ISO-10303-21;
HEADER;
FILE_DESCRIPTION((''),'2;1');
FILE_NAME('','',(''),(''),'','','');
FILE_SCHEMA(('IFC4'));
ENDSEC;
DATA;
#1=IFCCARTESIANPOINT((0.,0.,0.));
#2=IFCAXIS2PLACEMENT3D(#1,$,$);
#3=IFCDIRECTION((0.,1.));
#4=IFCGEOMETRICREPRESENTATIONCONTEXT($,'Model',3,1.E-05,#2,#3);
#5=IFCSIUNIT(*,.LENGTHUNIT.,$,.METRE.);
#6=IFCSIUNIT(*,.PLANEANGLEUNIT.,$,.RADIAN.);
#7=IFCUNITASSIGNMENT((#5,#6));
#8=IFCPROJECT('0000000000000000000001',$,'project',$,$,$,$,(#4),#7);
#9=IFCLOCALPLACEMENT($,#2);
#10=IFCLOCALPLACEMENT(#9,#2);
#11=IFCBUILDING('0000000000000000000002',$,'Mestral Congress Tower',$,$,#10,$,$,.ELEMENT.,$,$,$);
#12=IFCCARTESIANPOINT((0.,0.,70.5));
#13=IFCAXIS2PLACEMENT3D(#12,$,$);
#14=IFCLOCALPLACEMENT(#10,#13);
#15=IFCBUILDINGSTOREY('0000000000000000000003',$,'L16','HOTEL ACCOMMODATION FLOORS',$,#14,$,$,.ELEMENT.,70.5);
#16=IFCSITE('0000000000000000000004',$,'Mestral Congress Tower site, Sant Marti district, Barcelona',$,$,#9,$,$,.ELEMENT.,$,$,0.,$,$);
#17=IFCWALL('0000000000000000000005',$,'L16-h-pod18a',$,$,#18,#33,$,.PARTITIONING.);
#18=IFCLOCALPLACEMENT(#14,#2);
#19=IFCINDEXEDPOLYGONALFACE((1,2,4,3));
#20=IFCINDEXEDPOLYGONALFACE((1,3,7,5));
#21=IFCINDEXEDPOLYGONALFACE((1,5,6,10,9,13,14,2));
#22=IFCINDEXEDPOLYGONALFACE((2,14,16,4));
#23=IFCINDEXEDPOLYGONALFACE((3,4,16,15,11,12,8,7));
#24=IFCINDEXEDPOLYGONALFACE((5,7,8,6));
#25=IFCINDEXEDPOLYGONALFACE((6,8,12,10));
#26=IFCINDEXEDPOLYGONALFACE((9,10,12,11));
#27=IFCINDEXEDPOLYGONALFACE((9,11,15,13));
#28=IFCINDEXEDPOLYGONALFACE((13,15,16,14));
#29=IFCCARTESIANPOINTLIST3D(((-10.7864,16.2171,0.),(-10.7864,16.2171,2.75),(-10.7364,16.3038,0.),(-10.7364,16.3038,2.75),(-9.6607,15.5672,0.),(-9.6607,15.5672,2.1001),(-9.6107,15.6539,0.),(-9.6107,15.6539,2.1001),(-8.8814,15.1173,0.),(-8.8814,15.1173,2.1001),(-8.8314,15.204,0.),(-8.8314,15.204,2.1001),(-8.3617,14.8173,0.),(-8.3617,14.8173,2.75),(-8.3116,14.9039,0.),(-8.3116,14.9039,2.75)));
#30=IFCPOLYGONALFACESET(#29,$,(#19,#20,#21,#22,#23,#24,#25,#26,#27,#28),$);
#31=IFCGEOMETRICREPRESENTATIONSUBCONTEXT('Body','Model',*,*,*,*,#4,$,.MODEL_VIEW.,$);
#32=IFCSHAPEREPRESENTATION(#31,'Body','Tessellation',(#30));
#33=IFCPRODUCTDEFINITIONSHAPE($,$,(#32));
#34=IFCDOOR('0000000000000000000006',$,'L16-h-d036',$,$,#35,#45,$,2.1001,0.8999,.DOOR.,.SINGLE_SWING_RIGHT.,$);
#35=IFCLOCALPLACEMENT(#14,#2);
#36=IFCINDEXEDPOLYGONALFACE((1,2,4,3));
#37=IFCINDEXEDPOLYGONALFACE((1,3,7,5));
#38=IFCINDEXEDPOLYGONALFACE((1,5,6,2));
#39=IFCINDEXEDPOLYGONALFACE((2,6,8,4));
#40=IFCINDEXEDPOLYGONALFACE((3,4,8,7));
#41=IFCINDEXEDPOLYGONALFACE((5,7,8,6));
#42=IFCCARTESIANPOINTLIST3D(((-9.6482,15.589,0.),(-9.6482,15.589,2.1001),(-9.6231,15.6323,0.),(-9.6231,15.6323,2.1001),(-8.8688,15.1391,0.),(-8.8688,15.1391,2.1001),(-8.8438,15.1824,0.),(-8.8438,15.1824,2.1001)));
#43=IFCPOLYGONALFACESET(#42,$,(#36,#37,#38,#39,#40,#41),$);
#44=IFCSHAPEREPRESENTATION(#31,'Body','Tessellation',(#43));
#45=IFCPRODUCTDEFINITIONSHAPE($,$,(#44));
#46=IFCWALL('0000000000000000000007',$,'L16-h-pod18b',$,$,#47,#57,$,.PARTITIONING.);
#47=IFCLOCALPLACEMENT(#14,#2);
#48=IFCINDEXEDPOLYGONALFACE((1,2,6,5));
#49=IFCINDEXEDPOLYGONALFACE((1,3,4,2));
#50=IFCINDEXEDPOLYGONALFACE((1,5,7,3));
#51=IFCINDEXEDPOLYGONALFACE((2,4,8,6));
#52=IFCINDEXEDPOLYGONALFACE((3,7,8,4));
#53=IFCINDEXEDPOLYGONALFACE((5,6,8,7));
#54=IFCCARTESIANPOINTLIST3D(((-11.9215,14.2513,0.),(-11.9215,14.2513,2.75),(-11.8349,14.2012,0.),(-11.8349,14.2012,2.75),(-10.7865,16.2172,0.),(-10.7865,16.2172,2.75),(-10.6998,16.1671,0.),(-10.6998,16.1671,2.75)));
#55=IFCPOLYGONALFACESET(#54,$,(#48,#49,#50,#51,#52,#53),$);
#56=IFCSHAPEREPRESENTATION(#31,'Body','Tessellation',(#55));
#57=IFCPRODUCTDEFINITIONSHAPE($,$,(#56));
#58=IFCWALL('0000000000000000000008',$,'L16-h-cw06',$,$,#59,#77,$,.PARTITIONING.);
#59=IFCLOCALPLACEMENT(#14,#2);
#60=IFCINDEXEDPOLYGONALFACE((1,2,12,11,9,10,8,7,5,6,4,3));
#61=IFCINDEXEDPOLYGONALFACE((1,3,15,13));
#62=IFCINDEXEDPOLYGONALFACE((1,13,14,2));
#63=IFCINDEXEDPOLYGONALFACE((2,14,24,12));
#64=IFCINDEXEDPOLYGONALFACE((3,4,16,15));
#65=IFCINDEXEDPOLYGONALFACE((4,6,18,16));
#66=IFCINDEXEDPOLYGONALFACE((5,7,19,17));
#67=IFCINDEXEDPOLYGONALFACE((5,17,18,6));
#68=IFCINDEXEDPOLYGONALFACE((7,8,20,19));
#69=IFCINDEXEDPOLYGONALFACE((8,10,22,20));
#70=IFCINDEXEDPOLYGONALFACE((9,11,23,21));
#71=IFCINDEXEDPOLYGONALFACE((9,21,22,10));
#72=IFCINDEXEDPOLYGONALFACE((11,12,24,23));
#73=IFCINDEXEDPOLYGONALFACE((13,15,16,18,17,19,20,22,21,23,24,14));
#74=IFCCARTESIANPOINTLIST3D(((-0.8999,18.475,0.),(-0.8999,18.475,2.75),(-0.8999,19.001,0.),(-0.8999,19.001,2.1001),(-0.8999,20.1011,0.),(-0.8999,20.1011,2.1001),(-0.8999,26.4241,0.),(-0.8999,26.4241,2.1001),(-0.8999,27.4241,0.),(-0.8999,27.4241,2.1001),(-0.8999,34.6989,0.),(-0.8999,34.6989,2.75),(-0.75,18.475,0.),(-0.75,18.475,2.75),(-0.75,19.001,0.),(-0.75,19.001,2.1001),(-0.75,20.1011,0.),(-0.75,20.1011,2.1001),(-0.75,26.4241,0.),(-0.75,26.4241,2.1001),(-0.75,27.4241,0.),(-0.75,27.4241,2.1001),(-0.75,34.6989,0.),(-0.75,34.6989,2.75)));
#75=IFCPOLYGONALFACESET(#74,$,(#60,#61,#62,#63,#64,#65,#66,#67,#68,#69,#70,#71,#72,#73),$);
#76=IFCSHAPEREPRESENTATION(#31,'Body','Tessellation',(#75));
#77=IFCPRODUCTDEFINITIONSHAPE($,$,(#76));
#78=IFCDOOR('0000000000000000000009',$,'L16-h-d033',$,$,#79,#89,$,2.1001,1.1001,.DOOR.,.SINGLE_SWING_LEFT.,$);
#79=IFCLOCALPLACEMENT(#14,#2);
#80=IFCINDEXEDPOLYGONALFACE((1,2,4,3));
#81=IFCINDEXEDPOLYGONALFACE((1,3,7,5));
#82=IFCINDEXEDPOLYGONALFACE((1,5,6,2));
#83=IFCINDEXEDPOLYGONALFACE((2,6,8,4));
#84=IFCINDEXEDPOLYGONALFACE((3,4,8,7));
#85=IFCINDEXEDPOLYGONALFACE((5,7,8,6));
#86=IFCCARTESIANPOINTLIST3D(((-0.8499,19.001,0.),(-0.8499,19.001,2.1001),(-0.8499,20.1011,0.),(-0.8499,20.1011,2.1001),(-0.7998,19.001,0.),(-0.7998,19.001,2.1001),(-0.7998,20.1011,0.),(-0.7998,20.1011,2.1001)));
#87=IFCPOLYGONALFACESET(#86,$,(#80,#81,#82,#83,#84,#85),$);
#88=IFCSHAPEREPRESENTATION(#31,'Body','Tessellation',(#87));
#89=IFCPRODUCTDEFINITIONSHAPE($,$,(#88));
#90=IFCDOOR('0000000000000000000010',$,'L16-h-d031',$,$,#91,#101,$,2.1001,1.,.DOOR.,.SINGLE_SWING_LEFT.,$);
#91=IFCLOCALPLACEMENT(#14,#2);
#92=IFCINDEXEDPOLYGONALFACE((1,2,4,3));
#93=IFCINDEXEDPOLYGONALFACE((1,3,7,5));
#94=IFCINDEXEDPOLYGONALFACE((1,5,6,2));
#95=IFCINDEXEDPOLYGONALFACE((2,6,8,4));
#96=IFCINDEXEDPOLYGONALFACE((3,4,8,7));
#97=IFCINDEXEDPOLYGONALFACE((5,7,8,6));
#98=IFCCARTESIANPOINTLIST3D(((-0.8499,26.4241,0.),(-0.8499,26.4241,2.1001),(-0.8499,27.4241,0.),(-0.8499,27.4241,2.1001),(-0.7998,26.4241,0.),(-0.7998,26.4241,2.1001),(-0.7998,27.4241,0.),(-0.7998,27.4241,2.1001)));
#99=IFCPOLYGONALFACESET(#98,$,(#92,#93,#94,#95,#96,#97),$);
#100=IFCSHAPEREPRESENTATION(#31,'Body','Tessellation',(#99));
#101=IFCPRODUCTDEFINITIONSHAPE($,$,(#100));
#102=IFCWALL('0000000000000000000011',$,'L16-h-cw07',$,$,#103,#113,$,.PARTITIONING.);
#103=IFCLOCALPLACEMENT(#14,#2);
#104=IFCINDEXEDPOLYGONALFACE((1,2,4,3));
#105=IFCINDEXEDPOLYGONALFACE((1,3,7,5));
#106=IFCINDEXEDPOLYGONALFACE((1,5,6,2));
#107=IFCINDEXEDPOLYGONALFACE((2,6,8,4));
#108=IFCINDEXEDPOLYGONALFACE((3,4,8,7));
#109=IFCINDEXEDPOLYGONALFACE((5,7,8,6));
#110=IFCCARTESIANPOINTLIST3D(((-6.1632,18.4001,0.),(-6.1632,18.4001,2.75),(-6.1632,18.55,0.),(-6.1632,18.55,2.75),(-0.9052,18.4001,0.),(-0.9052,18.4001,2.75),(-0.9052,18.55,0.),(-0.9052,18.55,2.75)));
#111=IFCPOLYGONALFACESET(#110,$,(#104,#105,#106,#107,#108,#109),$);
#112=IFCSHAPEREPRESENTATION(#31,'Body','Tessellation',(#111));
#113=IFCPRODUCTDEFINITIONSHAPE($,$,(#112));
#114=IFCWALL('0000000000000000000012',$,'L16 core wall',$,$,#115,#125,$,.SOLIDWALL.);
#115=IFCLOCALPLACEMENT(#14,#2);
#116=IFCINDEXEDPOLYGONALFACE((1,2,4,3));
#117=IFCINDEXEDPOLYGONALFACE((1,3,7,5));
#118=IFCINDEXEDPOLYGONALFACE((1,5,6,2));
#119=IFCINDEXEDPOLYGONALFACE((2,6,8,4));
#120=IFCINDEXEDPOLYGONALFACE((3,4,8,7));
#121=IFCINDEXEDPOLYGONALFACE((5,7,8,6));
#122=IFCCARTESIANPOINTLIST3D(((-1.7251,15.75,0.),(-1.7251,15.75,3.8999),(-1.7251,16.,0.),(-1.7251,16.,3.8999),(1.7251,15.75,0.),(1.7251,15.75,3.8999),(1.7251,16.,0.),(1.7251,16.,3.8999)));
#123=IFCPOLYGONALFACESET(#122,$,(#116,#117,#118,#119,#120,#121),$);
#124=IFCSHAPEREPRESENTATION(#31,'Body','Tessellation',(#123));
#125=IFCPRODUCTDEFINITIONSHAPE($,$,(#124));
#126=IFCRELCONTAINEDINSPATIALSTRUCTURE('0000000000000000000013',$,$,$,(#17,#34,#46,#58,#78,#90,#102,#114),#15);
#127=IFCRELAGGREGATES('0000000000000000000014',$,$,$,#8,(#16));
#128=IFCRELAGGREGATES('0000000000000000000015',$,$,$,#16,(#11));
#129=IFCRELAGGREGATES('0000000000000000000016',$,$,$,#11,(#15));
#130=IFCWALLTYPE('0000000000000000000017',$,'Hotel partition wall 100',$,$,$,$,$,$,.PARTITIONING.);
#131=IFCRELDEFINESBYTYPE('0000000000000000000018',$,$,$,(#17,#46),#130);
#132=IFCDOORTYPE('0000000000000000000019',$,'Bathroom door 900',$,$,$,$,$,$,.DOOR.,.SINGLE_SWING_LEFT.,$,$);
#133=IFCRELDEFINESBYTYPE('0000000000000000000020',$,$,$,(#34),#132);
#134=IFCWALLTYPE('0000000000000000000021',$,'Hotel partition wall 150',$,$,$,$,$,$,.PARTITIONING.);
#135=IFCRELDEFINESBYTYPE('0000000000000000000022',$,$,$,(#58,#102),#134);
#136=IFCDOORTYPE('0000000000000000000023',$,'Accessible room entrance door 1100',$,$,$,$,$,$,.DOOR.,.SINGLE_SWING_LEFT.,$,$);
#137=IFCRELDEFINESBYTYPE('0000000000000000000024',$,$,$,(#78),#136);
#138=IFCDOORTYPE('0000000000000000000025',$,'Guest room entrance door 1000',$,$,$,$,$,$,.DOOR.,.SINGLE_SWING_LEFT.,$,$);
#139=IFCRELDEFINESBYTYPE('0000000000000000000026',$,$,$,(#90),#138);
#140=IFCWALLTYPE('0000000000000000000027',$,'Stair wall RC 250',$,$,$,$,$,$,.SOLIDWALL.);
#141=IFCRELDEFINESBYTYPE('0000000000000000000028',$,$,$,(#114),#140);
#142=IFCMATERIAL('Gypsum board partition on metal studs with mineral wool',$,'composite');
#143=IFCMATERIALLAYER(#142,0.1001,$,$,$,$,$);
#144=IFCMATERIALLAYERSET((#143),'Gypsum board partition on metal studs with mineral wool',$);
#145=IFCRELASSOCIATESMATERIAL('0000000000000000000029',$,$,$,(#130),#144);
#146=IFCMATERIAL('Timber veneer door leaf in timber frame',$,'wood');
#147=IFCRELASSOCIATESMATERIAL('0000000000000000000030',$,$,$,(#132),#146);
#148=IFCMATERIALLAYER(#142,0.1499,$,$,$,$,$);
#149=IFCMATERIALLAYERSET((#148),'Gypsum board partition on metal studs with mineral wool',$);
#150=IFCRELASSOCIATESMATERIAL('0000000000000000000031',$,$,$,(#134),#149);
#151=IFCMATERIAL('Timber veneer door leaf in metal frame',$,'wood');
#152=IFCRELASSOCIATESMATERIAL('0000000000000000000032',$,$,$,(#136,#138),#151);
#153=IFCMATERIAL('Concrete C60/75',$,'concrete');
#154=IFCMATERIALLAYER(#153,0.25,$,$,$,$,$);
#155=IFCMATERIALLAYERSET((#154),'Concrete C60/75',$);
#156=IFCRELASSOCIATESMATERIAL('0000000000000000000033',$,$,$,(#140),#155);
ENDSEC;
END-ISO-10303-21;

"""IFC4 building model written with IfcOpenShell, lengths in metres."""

from ifc_helpers import new_model, si_unit, direction, frame, frame_2d, origin, place, context, subcontext, project, spatial, rectangle, extrude, material, layer, layer_set, type_object, element, fill, save


model = new_model("IFC4")

# Units and contexts
model_context = context("Model", 3, precision=1e-05, world=origin(), true_north=direction((0.0, 1.0)))
body_context = subcontext(model_context, "Body", "Model", "MODEL_VIEW")
ifc_project = project(units=[si_unit("LENGTHUNIT", "METRE"), si_unit("PLANEANGLEUNIT", "RADIAN")], contexts=[model_context])

# Site, building, storey
site_placement = place(None, origin())
site = spatial("IfcSite", under=ifc_project, at=site_placement, Name="Mestral Congress Tower site, Sant Marti district, Barcelona", CompositionType="ELEMENT", RefElevation=0.0)
building_placement = place(site_placement, origin())
building = spatial("IfcBuilding", under=site, at=building_placement, Name="Mestral Congress Tower", CompositionType="ELEMENT")
storey_placement = place(building_placement, frame((0.0, 0.0, 70.5)))
storey = spatial("IfcBuildingStorey", under=building, at=storey_placement, Name="L16", Description="HOTEL ACCOMMODATION FLOORS", CompositionType="ELEMENT", Elevation=70.5)

# Shared definitions
ifc_material_1 = material(Name="Concrete C60/75", Category="concrete")

# Shared definitions
ifc_material_2 = material(Name="Gypsum board partition on metal studs with mineral wool", Category="composite")
ifc_layer_1 = layer(ifc_material_2, 0.1001)
ifc_layer_set_1 = layer_set([ifc_layer_1], Name="Gypsum board partition on metal studs with mineral wool")
wall_type_1 = type_object("IfcWallType", Name="Hotel partition wall 100", PredefinedType="PARTITIONING", material=ifc_layer_set_1)
ifc_material_3 = material(Name="Timber veneer door leaf in timber frame", Category="wood")

# Wall, opening, door
wall_1_placement = place(storey_placement, frame((-8.3367, 14.8606, 0.0), z_axis=(0.0, 0.0, 1.0), x_axis=(-0.866035, 0.499984, 0.0)))
wall_1 = element("IfcWall", 1, at=wall_1_placement, inside=storey, type_object=wall_type_1, Name="L16-h-pod18a", PredefinedType="PARTITIONING", context=body_context, shape_type="SweptSolid", body=[
    extrude(rectangle(XDim=2.7998, YDim=0.1001, at=frame_2d((1.3999, 0.0))), origin(), (0.0, 0.0, 1.0), 2.75),
])
opening_1_placement = place(wall_1_placement, frame((0.6001, 0.0, 0.0)))
opening_1 = element("IfcOpeningElement", 2, at=opening_1_placement, cuts=wall_1, PredefinedType="OPENING", context=body_context, shape_type="SweptSolid", body=[
    extrude(rectangle(XDim=0.8999, YDim=2.1001, at=frame_2d((0.45, 1.05))), frame((0.0, 0.0601, 0.0), z_axis=(0.0, -1.0, 0.0), x_axis=(1.0, 0.0, 0.0)), (0.0, 0.0, 1.0), 0.1201),
])
door_type_1 = type_object("IfcDoorType", Name="Bathroom door 900", OperationType="SINGLE_SWING_LEFT", PredefinedType="DOOR", material=ifc_material_3)
door_1_placement = place(opening_1_placement, origin())
door_1 = element("IfcDoor", 3, at=door_1_placement, inside=storey, type_object=door_type_1, Name="L16-h-d036", OperationType="SINGLE_SWING_RIGHT", OverallHeight=2.1001, OverallWidth=0.8999, PredefinedType="DOOR", context=body_context, shape_type="SweptSolid", body=[
    extrude(rectangle(XDim=0.8999, YDim=2.1001, at=frame_2d((0.45, 1.05))), frame((0.0, 0.0249, 0.0), z_axis=(0.0, -1.0, 0.0), x_axis=(1.0, 0.0, 0.0)), (0.0, 0.0, 1.0), 0.05),
])
fill(opening_1, door_1)

# Wall
wall_2_placement = place(storey_placement, frame((-10.7432, 16.1921, 0.0), z_axis=(0.0, 0.0, 1.0), x_axis=(-0.500014, -0.866017, 0.0)))
element("IfcWall", 4, at=wall_2_placement, inside=storey, type_object=wall_type_1, Name="L16-h-pod18b", PredefinedType="PARTITIONING", context=body_context, shape_type="SweptSolid", body=[
    extrude(rectangle(XDim=2.27, YDim=0.1001, at=frame_2d((1.135, 0.0))), origin(), (0.0, 0.0, 1.0), 2.75),
])

# Wall, openings, doors
ifc_layer_2 = layer(ifc_material_2, 0.1499)
ifc_layer_set_2 = layer_set([ifc_layer_2], Name="Gypsum board partition on metal studs with mineral wool")
wall_type_2 = type_object("IfcWallType", Name="Hotel partition wall 150", PredefinedType="PARTITIONING", material=ifc_layer_set_2)
wall_3_placement = place(storey_placement, frame((-0.825, 18.4751, 0.0), z_axis=(0.0, 0.0, 1.0), x_axis=(0.0, 1.0, 0.0)))
wall_3 = element("IfcWall", 5, at=wall_3_placement, inside=storey, type_object=wall_type_2, Name="L16-h-cw06", PredefinedType="PARTITIONING", context=body_context, shape_type="SweptSolid", body=[
    extrude(rectangle(XDim=16.2239, YDim=0.1499, at=frame_2d((8.1118, 0.0))), origin(), (0.0, 0.0, 1.0), 2.75),
])
opening_2_placement = place(wall_3_placement, frame((7.949, 0.0, 0.0)))
opening_2 = element("IfcOpeningElement", 6, at=opening_2_placement, cuts=wall_3, PredefinedType="OPENING", context=body_context, shape_type="SweptSolid", body=[
    extrude(rectangle(XDim=1.0, YDim=2.1001, at=frame_2d((0.5, 1.05))), frame((0.0, 0.085, 0.0), z_axis=(0.0, -1.0, 0.0), x_axis=(1.0, 0.0, 0.0)), (0.0, 0.0, 1.0), 0.1699),
])
opening_3_placement = place(wall_3_placement, frame((0.5259, 0.0, 0.0)))
opening_3 = element("IfcOpeningElement", 7, at=opening_3_placement, cuts=wall_3, PredefinedType="OPENING", context=body_context, shape_type="SweptSolid", body=[
    extrude(rectangle(XDim=1.1001, YDim=2.1001, at=frame_2d((0.55, 1.05))), frame((0.0, 0.085, 0.0), z_axis=(0.0, -1.0, 0.0), x_axis=(1.0, 0.0, 0.0)), (0.0, 0.0, 1.0), 0.1699),
])
ifc_material_4 = material(Name="Timber veneer door leaf in metal frame", Category="wood")
door_type_2 = type_object("IfcDoorType", Name="Accessible room entrance door 1100", OperationType="SINGLE_SWING_LEFT", PredefinedType="DOOR", material=ifc_material_4)
door_2_placement = place(opening_3_placement, origin())
door_2 = element("IfcDoor", 8, at=door_2_placement, inside=storey, type_object=door_type_2, Name="L16-h-d033", OperationType="SINGLE_SWING_LEFT", OverallHeight=2.1001, OverallWidth=1.1001, PredefinedType="DOOR", context=body_context, shape_type="SweptSolid", body=[
    extrude(rectangle(XDim=1.1001, YDim=2.1001, at=frame_2d((0.55, 1.05))), frame((0.0, 0.0249, 0.0), z_axis=(0.0, -1.0, 0.0), x_axis=(1.0, 0.0, 0.0)), (0.0, 0.0, 1.0), 0.05),
])
fill(opening_3, door_2)
door_type_3 = type_object("IfcDoorType", Name="Guest room entrance door 1000", OperationType="SINGLE_SWING_LEFT", PredefinedType="DOOR", material=ifc_material_4)
door_3_placement = place(opening_2_placement, origin())
door_3 = element("IfcDoor", 9, at=door_3_placement, inside=storey, type_object=door_type_3, Name="L16-h-d031", OperationType="SINGLE_SWING_LEFT", OverallHeight=2.1001, OverallWidth=1.0, PredefinedType="DOOR", context=body_context, shape_type="SweptSolid", body=[
    extrude(rectangle(XDim=1.0, YDim=2.1001, at=frame_2d((0.5, 1.05))), frame((0.0, 0.0249, 0.0), z_axis=(0.0, -1.0, 0.0), x_axis=(1.0, 0.0, 0.0)), (0.0, 0.0, 1.0), 0.05),
])
fill(opening_2, door_3)

# Walls
wall_4_placement = place(storey_placement, frame((-6.1631, 18.4751, 0.0), z_axis=(0.0, 0.0, 1.0), x_axis=(1.0, 0.0, 0.0)))
element("IfcWall", 10, at=wall_4_placement, inside=storey, type_object=wall_type_2, Name="L16-h-cw07", PredefinedType="PARTITIONING", context=body_context, shape_type="SweptSolid", body=[
    extrude(rectangle(XDim=5.2581, YDim=0.1499, at=frame_2d((2.6289, 0.0))), origin(), (0.0, 0.0, 1.0), 2.75),
])
ifc_layer_3 = layer(ifc_material_1, 0.25)
ifc_layer_set_3 = layer_set([ifc_layer_3], Name="Concrete C60/75")
wall_type_3 = type_object("IfcWallType", Name="Stair wall RC 250", PredefinedType="SOLIDWALL", material=ifc_layer_set_3)
wall_5_placement = place(storey_placement, frame((-1.7251, 15.875, 0.0), z_axis=(0.0, 0.0, 1.0), x_axis=(1.0, 0.0, 0.0)))
element("IfcWall", 11, at=wall_5_placement, inside=storey, type_object=wall_type_3, Name="L16 core wall", PredefinedType="SOLIDWALL", context=body_context, shape_type="SweptSolid", body=[
    extrude(rectangle(XDim=3.4502, YDim=0.25, at=frame_2d((1.7251, 0.0))), origin(), (0.0, 0.0, 1.0), 3.8999),
])

save(model, "model.ifc")
